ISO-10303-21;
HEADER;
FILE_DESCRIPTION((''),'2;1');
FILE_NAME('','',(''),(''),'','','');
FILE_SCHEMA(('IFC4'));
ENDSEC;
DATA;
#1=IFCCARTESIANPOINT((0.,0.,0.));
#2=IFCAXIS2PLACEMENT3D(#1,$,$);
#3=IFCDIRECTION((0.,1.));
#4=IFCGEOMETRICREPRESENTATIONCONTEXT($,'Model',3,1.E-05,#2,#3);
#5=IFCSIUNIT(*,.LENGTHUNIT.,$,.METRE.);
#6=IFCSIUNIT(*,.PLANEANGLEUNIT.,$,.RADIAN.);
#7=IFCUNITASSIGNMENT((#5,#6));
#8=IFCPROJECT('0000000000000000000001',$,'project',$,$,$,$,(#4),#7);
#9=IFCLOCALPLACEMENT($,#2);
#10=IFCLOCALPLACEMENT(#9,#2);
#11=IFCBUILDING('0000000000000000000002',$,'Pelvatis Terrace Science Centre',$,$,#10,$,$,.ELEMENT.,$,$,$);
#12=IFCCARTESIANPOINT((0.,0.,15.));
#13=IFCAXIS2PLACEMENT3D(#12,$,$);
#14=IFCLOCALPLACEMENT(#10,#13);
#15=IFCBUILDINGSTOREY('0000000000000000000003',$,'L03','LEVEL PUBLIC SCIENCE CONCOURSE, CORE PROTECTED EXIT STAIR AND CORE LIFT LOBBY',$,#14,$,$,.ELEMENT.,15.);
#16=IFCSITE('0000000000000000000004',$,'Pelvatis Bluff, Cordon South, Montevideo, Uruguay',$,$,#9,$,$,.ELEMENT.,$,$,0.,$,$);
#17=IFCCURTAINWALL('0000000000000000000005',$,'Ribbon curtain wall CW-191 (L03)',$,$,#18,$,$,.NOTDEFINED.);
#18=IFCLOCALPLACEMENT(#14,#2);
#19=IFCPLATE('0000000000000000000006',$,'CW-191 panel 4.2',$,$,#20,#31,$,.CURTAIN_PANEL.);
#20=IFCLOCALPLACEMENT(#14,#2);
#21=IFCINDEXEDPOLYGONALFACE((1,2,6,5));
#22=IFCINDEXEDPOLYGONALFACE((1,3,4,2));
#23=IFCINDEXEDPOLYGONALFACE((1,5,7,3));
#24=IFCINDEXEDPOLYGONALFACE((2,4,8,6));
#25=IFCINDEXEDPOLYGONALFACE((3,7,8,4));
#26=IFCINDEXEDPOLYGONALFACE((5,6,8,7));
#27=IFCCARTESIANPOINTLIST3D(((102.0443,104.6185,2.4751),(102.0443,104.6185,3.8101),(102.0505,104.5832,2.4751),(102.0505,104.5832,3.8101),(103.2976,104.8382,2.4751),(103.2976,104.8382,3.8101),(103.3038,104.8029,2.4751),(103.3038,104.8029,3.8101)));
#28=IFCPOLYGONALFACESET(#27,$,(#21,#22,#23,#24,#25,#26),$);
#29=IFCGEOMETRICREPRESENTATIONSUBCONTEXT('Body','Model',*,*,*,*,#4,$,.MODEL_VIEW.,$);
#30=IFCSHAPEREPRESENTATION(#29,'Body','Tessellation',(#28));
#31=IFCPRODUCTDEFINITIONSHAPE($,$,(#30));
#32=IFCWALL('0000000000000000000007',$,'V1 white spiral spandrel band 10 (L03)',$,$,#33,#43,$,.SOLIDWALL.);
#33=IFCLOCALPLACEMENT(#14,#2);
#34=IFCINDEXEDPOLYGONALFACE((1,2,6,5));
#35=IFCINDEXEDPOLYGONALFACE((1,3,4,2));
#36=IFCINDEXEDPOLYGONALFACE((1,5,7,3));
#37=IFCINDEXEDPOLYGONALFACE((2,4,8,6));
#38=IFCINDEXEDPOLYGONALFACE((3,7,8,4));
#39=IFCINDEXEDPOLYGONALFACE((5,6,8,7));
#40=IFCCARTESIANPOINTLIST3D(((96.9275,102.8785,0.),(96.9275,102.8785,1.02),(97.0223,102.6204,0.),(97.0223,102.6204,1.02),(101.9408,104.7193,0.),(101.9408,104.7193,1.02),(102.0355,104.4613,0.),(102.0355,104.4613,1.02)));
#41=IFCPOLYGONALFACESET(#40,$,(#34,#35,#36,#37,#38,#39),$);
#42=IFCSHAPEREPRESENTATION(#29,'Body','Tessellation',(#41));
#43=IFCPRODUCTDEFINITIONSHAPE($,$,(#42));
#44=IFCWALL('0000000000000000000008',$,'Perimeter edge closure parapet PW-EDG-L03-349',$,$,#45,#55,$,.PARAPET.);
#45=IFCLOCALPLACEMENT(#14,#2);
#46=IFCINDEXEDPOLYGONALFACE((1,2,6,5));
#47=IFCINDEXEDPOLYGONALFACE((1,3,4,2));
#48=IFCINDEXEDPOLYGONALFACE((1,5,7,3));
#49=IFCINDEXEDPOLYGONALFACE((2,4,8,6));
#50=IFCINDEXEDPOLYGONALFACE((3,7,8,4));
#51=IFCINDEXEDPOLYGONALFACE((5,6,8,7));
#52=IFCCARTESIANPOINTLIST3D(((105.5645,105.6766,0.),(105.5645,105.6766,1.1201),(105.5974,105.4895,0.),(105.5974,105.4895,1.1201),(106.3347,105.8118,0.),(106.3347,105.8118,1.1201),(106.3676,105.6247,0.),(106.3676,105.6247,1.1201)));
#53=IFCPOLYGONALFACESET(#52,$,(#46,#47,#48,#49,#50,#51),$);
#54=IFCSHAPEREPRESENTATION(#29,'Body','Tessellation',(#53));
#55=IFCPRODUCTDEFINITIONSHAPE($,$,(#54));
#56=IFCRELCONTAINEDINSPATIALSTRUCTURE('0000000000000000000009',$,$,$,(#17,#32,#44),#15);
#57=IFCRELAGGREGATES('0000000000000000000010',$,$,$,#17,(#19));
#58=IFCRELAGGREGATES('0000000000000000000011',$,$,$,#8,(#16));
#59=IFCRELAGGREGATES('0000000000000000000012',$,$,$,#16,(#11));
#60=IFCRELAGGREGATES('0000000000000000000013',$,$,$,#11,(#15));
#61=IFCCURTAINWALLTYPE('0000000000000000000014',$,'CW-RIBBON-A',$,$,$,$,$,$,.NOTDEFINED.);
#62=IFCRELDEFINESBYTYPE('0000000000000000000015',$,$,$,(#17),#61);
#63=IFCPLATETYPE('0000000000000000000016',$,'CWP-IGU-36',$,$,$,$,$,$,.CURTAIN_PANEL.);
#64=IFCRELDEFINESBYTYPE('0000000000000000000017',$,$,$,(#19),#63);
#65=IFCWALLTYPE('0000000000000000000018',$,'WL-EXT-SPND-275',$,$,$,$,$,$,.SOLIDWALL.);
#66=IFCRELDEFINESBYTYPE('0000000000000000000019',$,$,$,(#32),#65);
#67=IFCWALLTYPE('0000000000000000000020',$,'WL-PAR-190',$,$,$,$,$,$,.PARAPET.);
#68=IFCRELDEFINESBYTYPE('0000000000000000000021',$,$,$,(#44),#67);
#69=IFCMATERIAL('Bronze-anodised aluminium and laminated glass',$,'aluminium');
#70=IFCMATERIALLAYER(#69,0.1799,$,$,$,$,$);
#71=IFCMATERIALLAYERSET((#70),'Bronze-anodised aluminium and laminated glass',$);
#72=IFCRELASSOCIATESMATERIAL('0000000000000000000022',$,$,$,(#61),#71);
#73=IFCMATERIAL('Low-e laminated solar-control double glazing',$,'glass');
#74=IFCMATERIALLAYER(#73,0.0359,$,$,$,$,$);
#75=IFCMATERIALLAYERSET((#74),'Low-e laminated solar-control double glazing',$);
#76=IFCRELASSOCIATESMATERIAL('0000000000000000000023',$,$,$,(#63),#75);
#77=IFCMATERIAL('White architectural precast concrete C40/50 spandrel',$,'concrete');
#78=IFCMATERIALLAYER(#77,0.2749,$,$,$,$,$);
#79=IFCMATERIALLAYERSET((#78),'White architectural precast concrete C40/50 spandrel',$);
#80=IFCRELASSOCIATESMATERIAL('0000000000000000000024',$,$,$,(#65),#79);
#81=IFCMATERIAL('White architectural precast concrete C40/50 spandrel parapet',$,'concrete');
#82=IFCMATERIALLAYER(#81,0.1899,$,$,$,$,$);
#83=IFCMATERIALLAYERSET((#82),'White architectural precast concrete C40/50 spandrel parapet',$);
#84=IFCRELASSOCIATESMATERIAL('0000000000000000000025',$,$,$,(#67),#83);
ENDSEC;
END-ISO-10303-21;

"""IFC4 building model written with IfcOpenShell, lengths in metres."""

from ifc_helpers import new_model, si_unit, direction, frame, frame_2d, origin, origin_2d, place, context, subcontext, project, spatial, rectangle, extrude, material, layer, layer_set, type_object, element, aggregate, save


model = new_model("IFC4")

# Units and contexts
model_context = context("Model", 3, precision=1e-05, world=origin(), true_north=direction((0.0, 1.0)))
body_context = subcontext(model_context, "Body", "Model", "MODEL_VIEW")
ifc_project = project(units=[si_unit("LENGTHUNIT", "METRE"), si_unit("PLANEANGLEUNIT", "RADIAN")], contexts=[model_context])

# Site, building, storey
site_placement = place(None, origin())
site = spatial("IfcSite", under=ifc_project, at=site_placement, Name="Pelvatis Bluff, Cordon South, Montevideo, Uruguay", CompositionType="ELEMENT", RefElevation=0.0)
building_placement = place(site_placement, origin())
building = spatial("IfcBuilding", under=site, at=building_placement, Name="Pelvatis Terrace Science Centre", CompositionType="ELEMENT")
storey_placement = place(building_placement, frame((0.0, 0.0, 15.0)))
storey = spatial("IfcBuildingStorey", under=building, at=storey_placement, Name="L03", Description="LEVEL PUBLIC SCIENCE CONCOURSE, CORE PROTECTED EXIT STAIR AND CORE LIFT LOBBY", CompositionType="ELEMENT", Elevation=15.0)

# Curtain wall
ifc_material_1 = material(Name="Bronze-anodised aluminium and laminated glass", Category="aluminium")
ifc_layer_1 = layer(ifc_material_1, 0.1799)
ifc_layer_set_1 = layer_set([ifc_layer_1], Name="Bronze-anodised aluminium and laminated glass")
curtain_wall_type = type_object("IfcCurtainWallType", Name="CW-RIBBON-A", PredefinedType="NOTDEFINED", material=ifc_layer_set_1)
curtain_wall_1_placement = place(storey_placement, origin())
curtain_wall_1 = element("IfcCurtainWall", 1, at=curtain_wall_1_placement, inside=storey, type_object=curtain_wall_type, Name="Ribbon curtain wall CW-191 (L03)", PredefinedType="NOTDEFINED")

# Plate
ifc_material_2 = material(Name="Low-e laminated solar-control double glazing", Category="glass")
ifc_layer_2 = layer(ifc_material_2, 0.0359)
ifc_layer_set_2 = layer_set([ifc_layer_2], Name="Low-e laminated solar-control double glazing")
plate_type = type_object("IfcPlateType", Name="CWP-IGU-36", PredefinedType="CURTAIN_PANEL", material=ifc_layer_set_2)
plate_1_placement = place(storey_placement, frame((102.6741, 104.7107, 2.4751), z_axis=(0.0, 0.0, 1.0), x_axis=(-0.984979, -0.172671, 0.0)))
plate_1 = element("IfcPlate", 2, at=plate_1_placement, type_object=plate_type, Name="CW-191 panel 4.2", PredefinedType="CURTAIN_PANEL", context=body_context, shape_type="SweptSolid", body=[
    extrude(rectangle(XDim=1.2725, YDim=0.0359, at=origin_2d()), origin(), (0.0, 0.0, 1.0), 1.335),
])
aggregate(curtain_wall_1, [plate_1])

# Walls
ifc_material_3 = material(Name="White architectural precast concrete C40/50 spandrel", Category="concrete")
ifc_layer_3 = layer(ifc_material_3, 0.2749)
ifc_layer_set_3 = layer_set([ifc_layer_3], Name="White architectural precast concrete C40/50 spandrel")
wall_type_1 = type_object("IfcWallType", Name="WL-EXT-SPND-275", PredefinedType="SOLIDWALL", material=ifc_layer_set_3)
wall_1_placement = place(storey_placement, frame((101.9883, 104.5903, 0.0), z_axis=(0.0, 0.0, 1.0), x_axis=(-0.938716, -0.344693, 0.0)))
element("IfcWall", 3, at=wall_1_placement, inside=storey, type_object=wall_type_1, Name="V1 white spiral spandrel band 10 (L03)", PredefinedType="SOLIDWALL", context=body_context, shape_type="SweptSolid", body=[
    extrude(rectangle(XDim=5.3406, YDim=0.2749, at=frame_2d((2.6704, 0.0))), origin(), (0.0, 0.0, 1.0), 1.02),
])
ifc_material_4 = material(Name="White architectural precast concrete C40/50 spandrel parapet", Category="concrete")
ifc_layer_4 = layer(ifc_material_4, 0.1899)
ifc_layer_set_4 = layer_set([ifc_layer_4], Name="White architectural precast concrete C40/50 spandrel parapet")
wall_type_2 = type_object("IfcWallType", Name="WL-PAR-190", PredefinedType="PARAPET", material=ifc_layer_set_4)
wall_2_placement = place(storey_placement, frame((105.5808, 105.583, 0.0), z_axis=(0.0, 0.0, 1.0), x_axis=(0.984931, 0.172948, 0.0)))
element("IfcWall", 4, at=wall_2_placement, inside=storey, type_object=wall_type_2, Name="Perimeter edge closure parapet PW-EDG-L03-349", PredefinedType="PARAPET", context=body_context, shape_type="SweptSolid", body=[
    extrude(rectangle(XDim=0.782, YDim=0.1899, at=frame_2d((0.3911, 0.0))), origin(), (0.0, 0.0, 1.0), 1.1201),
])

save(model, "model.ifc")
